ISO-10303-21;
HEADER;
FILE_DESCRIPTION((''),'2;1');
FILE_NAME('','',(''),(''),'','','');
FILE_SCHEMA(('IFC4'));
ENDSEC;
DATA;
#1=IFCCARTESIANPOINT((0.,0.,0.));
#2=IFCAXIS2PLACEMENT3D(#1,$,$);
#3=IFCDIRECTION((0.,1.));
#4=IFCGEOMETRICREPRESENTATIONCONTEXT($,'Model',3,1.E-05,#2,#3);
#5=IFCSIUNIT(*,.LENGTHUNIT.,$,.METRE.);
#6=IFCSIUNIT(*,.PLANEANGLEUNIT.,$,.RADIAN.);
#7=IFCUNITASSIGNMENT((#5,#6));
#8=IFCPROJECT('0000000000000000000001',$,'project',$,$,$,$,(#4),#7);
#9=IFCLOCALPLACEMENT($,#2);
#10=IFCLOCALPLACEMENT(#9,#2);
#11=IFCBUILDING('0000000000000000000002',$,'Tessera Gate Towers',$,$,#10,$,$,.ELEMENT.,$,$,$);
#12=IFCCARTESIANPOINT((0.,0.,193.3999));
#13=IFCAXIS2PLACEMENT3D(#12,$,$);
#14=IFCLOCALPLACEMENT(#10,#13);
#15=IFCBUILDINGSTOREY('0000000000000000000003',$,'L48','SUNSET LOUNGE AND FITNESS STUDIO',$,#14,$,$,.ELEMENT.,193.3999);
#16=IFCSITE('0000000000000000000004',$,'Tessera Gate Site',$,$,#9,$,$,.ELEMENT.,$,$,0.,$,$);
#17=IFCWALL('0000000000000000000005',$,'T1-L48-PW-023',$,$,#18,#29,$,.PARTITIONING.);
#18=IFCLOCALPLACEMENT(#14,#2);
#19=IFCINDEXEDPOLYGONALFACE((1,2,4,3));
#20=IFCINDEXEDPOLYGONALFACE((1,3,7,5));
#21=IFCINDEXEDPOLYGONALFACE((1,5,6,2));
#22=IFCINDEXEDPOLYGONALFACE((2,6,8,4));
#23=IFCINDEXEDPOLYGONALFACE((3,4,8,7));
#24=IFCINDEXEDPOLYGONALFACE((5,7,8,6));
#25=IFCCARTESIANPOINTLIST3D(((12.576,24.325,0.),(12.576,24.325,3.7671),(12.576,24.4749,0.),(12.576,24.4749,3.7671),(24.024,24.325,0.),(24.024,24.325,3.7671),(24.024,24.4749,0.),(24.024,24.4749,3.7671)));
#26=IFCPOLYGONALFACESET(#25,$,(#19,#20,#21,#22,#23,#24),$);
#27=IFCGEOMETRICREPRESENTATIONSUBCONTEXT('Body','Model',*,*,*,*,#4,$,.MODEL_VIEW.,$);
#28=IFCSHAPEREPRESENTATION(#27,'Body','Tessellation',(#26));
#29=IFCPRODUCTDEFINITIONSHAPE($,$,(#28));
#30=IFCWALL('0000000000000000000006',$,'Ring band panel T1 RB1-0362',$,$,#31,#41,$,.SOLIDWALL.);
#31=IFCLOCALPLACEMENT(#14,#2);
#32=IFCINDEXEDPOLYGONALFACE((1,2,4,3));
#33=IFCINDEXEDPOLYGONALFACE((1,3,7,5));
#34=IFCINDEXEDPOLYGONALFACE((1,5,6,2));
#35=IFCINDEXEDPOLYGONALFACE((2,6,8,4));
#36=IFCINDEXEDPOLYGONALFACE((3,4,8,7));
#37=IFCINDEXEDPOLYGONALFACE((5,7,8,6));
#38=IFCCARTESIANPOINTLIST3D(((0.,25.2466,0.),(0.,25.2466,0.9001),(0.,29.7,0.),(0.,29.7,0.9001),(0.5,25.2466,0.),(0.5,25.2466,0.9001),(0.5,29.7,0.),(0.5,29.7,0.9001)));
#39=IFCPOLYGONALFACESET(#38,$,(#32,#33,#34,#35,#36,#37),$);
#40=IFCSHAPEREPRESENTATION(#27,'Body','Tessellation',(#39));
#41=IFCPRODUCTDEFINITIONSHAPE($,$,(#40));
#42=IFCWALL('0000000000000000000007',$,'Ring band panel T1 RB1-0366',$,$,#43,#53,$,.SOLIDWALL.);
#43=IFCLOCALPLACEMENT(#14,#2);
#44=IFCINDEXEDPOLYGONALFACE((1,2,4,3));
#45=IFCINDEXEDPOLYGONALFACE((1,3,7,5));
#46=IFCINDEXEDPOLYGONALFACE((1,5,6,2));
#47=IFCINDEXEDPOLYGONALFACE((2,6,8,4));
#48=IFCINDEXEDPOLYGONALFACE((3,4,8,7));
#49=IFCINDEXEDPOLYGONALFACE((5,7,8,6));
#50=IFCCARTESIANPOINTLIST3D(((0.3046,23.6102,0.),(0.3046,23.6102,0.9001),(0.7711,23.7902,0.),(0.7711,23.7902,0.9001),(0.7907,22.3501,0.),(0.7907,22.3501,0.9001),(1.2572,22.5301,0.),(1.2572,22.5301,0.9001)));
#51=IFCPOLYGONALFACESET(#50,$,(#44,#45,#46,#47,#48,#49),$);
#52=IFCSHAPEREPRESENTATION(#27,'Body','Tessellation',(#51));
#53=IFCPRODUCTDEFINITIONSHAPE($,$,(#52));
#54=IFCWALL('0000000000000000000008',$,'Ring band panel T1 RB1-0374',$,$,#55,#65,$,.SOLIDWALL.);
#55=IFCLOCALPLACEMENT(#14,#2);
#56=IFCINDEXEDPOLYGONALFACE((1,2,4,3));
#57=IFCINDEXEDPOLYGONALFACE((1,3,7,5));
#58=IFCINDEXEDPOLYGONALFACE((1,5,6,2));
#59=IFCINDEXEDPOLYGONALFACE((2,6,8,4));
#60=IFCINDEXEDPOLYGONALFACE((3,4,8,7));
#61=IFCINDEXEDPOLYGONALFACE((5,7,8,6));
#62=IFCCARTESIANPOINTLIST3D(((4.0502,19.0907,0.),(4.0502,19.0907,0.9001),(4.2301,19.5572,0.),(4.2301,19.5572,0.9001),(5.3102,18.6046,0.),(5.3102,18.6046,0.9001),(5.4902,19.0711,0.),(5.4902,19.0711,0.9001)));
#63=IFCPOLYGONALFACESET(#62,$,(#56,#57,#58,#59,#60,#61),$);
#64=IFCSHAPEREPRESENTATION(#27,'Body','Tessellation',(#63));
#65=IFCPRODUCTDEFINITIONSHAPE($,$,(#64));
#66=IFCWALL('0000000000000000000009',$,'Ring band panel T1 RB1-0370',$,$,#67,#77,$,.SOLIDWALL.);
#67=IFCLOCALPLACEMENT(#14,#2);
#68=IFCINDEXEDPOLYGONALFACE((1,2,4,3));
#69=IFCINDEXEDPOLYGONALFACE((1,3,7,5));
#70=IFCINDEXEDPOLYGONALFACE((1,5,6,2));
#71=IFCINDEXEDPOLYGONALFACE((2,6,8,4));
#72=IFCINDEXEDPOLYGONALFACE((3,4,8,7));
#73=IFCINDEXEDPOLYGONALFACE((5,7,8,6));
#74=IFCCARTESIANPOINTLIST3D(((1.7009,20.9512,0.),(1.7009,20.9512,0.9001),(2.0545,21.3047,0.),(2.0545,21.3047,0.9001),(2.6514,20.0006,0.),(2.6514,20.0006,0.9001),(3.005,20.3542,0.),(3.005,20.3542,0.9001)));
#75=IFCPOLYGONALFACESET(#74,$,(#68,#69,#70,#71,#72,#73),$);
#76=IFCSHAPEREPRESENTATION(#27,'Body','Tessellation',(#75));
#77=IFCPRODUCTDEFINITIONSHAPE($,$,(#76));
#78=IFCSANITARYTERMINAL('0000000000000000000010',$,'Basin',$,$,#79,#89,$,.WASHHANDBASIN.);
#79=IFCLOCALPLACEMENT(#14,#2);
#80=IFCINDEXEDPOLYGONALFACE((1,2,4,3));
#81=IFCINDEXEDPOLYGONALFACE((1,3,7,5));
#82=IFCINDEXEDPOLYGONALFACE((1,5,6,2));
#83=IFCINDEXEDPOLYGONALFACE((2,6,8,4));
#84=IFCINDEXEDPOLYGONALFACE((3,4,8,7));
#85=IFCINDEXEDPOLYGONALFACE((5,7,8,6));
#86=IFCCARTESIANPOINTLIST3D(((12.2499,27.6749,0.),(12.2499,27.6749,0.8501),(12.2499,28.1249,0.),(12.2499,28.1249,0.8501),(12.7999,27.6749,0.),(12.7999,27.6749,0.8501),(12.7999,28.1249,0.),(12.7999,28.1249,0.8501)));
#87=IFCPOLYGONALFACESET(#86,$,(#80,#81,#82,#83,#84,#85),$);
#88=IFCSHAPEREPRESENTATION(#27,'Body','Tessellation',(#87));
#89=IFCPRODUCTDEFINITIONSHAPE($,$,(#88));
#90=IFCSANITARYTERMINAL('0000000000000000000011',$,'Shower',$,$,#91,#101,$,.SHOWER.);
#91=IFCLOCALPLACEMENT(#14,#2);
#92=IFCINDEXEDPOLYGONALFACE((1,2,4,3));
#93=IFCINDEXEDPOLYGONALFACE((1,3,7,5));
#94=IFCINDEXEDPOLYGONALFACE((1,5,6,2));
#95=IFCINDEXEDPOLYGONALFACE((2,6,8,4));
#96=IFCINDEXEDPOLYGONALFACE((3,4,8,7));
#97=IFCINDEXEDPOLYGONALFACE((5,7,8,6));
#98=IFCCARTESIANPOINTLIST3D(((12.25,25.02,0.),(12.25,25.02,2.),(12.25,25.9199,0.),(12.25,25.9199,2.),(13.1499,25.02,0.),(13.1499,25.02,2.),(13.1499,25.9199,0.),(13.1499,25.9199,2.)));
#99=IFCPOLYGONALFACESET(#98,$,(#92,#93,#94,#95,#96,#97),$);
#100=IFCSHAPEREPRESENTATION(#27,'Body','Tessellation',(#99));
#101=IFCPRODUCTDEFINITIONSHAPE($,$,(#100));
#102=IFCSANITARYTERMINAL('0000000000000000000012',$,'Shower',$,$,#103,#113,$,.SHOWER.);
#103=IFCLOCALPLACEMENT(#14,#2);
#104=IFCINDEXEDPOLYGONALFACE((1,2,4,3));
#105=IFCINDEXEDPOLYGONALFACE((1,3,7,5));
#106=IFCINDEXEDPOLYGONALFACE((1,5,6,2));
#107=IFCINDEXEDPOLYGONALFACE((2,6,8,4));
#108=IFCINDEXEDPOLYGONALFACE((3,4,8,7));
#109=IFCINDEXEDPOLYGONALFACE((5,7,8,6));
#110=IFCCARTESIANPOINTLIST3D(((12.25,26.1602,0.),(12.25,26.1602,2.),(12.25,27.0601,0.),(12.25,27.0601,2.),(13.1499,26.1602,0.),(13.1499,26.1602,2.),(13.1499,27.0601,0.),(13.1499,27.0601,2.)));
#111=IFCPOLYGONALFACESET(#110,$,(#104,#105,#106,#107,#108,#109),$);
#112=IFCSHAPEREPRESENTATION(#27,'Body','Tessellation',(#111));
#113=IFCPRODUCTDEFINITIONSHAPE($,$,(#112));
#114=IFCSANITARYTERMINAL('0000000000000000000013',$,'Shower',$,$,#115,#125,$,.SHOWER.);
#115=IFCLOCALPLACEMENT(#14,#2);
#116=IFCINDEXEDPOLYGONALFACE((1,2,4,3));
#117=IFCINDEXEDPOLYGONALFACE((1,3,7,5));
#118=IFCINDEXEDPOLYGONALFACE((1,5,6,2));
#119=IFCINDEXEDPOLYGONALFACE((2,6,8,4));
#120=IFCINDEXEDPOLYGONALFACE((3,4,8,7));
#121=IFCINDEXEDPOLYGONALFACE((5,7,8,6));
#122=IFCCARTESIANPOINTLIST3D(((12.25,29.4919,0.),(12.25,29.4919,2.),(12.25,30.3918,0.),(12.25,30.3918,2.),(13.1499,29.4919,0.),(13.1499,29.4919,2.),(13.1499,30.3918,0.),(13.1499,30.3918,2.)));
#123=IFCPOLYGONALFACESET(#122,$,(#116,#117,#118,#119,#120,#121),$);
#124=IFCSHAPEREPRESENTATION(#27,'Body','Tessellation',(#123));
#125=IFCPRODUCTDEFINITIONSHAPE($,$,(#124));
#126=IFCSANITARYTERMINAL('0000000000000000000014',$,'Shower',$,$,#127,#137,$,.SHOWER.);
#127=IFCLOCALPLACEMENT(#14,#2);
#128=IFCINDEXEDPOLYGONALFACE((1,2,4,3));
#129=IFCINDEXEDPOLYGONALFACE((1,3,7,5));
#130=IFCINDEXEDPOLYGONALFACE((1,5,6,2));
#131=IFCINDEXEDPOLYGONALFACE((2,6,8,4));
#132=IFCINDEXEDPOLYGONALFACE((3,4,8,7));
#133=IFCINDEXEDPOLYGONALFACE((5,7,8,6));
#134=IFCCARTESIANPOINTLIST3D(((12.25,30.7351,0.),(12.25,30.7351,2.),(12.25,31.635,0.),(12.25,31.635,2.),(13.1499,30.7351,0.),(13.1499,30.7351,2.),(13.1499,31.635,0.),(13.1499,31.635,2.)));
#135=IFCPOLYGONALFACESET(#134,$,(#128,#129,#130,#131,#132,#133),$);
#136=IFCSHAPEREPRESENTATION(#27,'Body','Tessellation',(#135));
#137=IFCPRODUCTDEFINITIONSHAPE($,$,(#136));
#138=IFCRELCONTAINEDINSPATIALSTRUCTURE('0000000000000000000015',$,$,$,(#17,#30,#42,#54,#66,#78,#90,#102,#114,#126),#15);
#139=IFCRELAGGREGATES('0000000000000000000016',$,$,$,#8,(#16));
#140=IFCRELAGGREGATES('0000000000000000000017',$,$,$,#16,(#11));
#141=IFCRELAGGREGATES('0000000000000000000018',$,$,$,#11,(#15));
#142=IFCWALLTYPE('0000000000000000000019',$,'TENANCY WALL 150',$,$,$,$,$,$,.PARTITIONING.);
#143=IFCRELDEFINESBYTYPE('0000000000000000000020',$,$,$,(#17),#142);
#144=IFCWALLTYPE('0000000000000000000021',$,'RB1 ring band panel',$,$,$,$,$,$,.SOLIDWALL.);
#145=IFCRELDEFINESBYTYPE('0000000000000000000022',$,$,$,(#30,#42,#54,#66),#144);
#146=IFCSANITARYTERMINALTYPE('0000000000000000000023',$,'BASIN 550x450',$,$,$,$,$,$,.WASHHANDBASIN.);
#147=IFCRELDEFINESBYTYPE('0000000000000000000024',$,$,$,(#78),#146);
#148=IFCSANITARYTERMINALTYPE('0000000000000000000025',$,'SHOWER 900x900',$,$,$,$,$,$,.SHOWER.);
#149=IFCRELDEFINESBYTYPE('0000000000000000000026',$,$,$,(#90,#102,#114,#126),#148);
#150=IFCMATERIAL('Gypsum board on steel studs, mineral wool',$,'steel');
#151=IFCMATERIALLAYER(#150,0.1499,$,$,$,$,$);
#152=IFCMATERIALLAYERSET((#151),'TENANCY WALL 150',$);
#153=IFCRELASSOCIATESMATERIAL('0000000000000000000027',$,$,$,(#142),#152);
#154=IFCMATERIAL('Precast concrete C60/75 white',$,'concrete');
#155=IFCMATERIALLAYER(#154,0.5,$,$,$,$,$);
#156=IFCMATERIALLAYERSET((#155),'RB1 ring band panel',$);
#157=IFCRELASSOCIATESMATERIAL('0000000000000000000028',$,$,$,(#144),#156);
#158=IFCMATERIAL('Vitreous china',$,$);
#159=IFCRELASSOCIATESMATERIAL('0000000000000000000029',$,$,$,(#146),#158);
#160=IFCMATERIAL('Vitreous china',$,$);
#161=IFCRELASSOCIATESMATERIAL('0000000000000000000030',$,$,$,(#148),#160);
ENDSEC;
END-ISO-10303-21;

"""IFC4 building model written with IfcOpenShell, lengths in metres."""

from ifc_helpers import new_model, si_unit, direction, frame, frame_2d, origin, origin_2d, place, context, subcontext, project, spatial, polyline, rectangle, outline, extrude, source, transform, mapped, material, layer, layer_set, type_object, element, save


model = new_model("IFC4")

# Units and contexts
model_context = context("Model", 3, precision=1e-05, world=origin(), true_north=direction((0.0, 1.0)))
body_context = subcontext(model_context, "Body", "Model", "MODEL_VIEW")
ifc_project = project(units=[si_unit("LENGTHUNIT", "METRE"), si_unit("PLANEANGLEUNIT", "RADIAN")], contexts=[model_context])

# Site, building, storey
site_placement = place(None, origin())
site = spatial("IfcSite", under=ifc_project, at=site_placement, Name="Tessera Gate Site", CompositionType="ELEMENT", RefElevation=0.0)
building_placement = place(site_placement, origin())
building = spatial("IfcBuilding", under=site, at=building_placement, Name="Tessera Gate Towers", CompositionType="ELEMENT")
storey_placement = place(building_placement, frame((0.0, 0.0, 193.3999)))
storey = spatial("IfcBuildingStorey", under=building, at=storey_placement, Name="L48", Description="SUNSET LOUNGE AND FITNESS STUDIO", CompositionType="ELEMENT", Elevation=193.3999)

# Shared definitions
ifc_material_1 = material(Name="Gypsum board on steel studs, mineral wool", Category="steel")
ifc_layer_1 = layer(ifc_material_1, 0.1499)
ifc_layer_set_1 = layer_set([ifc_layer_1], Name="TENANCY WALL 150")
wall_type_1 = type_object("IfcWallType", Name="TENANCY WALL 150", PredefinedType="PARTITIONING", material=ifc_layer_set_1)

# Walls
wall_1_placement = place(storey_placement, frame((12.5759, 24.3999, 0.0), z_axis=(0.0, 0.0, 1.0), x_axis=(1.0, 0.0, 0.0)))
element("IfcWall", 1, at=wall_1_placement, inside=storey, type_object=wall_type_1, Name="T1-L48-PW-023", PredefinedType="PARTITIONING", context=body_context, shape_type="SweptSolid", body=[
    extrude(rectangle(XDim=11.448, YDim=0.1499, at=frame_2d((5.7241, 0.0))), origin(), (0.0, 0.0, 1.0), 3.7671),
])
ifc_material_2 = material(Name="Precast concrete C60/75 white", Category="concrete")
ifc_layer_2 = layer(ifc_material_2, 0.5)
ifc_layer_set_2 = layer_set([ifc_layer_2], Name="RB1 ring band panel")
wall_type_2 = type_object("IfcWallType", Name="RB1 ring band panel", PredefinedType="SOLIDWALL", material=ifc_layer_set_2)
shared_shape_1 = source(origin(), body_context, "Body", "SweptSolid", [
    extrude(outline(polyline([(0.0, 0.0), (4.4534, 0.0), (4.4534, 0.9001), (0.0, 0.9001), (0.0, 0.0)])), frame((0.0, 0.25, 0.0), z_axis=(0.0, -1.0, 0.0), x_axis=(1.0, 0.0, 0.0)), (0.0, 0.0, 1.0), 0.5),
])
wall_2_placement = place(storey_placement, frame((0.25, 29.7, 0.0), z_axis=(0.0, 0.0, 1.0), x_axis=(0.0, -1.0, 0.0)))
element("IfcWall", 2, at=wall_2_placement, inside=storey, type_object=wall_type_2, Name="Ring band panel T1 RB1-0362", PredefinedType="SOLIDWALL", context=body_context, shape_type="MappedRepresentation", body=[
    mapped(shared_shape_1, transform((0.0, 0.0, 0.0), scale=1.0)),
])
shared_shape_2 = source(origin(), body_context, "Body", "SweptSolid", [
    extrude(outline(polyline([(0.0, 0.0), (1.3506, 0.0), (1.3506, 0.9001), (0.0, 0.9001), (0.0, 0.0)])), frame((0.0, 0.25, 0.0), z_axis=(0.0, -1.0, 0.0), x_axis=(1.0, 0.0, 0.0)), (0.0, 0.0, 1.0), 0.5),
])
for number, where, z_axis, x_axis, name in (
    (3, (0.5378, 23.7002, 0.0), (0.0, 0.0, 1.0), (0.359924, -0.932982, 0.0), "Ring band panel T1 RB1-0366"),
    (4, (4.1401, 19.324, 0.0), (0.0, 0.0, 1.0), (0.932982, -0.359924, 0.0), "Ring band panel T1 RB1-0374"),
):
    element("IfcWall", number, at=place(storey_placement, frame(where, z_axis=z_axis, x_axis=x_axis)), inside=storey, type_object=wall_type_2, Name=name, PredefinedType="SOLIDWALL", context=body_context, shape_type="MappedRepresentation", body=[
        mapped(shared_shape_2, transform((0.0, 0.0, 0.0), scale=1.0)),
    ])
shared_shape_3 = source(origin(), body_context, "Body", "SweptSolid", [
    extrude(outline(polyline([(0.0, 0.0), (1.3442, 0.0), (1.3442, 0.9001), (0.0, 0.9001), (0.0, 0.0)])), frame((0.0, 0.25, 0.0), z_axis=(0.0, -1.0, 0.0), x_axis=(1.0, 0.0, 0.0)), (0.0, 0.0, 1.0), 0.5),
])
wall_3_placement = place(storey_placement, frame((1.8777, 21.1279, 0.0), z_axis=(0.0, 0.0, 1.0), x_axis=(0.707107, -0.707107, 0.0)))
element("IfcWall", 5, at=wall_3_placement, inside=storey, type_object=wall_type_2, Name="Ring band panel T1 RB1-0370", PredefinedType="SOLIDWALL", context=body_context, shape_type="MappedRepresentation", body=[
    mapped(shared_shape_3, transform((0.0, 0.0, 0.0), scale=1.0)),
])

# Sanitary terminals
ifc_material_3 = material(Name="Vitreous china")
sanitary_terminal_type_1 = type_object("IfcSanitaryTerminalType", Name="BASIN 550x450", PredefinedType="WASHHANDBASIN", material=ifc_material_3)
sanitary_terminal_placement = place(storey_placement, frame((12.5249, 27.8999, 0.0), z_axis=(0.0, 0.0, 1.0), x_axis=(1.0, 0.0, 0.0)))
element("IfcSanitaryTerminal", 6, at=sanitary_terminal_placement, inside=storey, type_object=sanitary_terminal_type_1, Name="Basin", PredefinedType="WASHHANDBASIN", context=body_context, shape_type="SweptSolid", body=[
    extrude(rectangle(XDim=0.55, YDim=0.45, at=origin_2d()), origin(), (0.0, 0.0, 1.0), 0.8501),
])
ifc_material_4 = material(Name="Vitreous china")
sanitary_terminal_type_2 = type_object("IfcSanitaryTerminalType", Name="SHOWER 900x900", PredefinedType="SHOWER", material=ifc_material_4)
for number, where, z_axis, x_axis, name in (
    (7, (12.7, 25.47, 0.0), (0.0, 0.0, 1.0), (1.0, 0.0, 0.0), "Shower"),
    (8, (12.7, 26.6101, 0.0), (0.0, 0.0, 1.0), (1.0, 0.0, 0.0), "Shower"),
    (9, (12.7, 29.9419, 0.0), (0.0, 0.0, 1.0), (1.0, 0.0, 0.0), "Shower"),
    (10, (12.7, 31.1851, 0.0), (0.0, 0.0, 1.0), (1.0, 0.0, 0.0), "Shower"),
):
    element("IfcSanitaryTerminal", number, at=place(storey_placement, frame(where, z_axis=z_axis, x_axis=x_axis)), inside=storey, type_object=sanitary_terminal_type_2, Name=name, PredefinedType="SHOWER", context=body_context, shape_type="SweptSolid", body=[
        extrude(rectangle(XDim=0.8999, YDim=0.8999, at=origin_2d()), origin(), (0.0, 0.0, 1.0), 2.0),
    ])

save(model, "model.ifc")
